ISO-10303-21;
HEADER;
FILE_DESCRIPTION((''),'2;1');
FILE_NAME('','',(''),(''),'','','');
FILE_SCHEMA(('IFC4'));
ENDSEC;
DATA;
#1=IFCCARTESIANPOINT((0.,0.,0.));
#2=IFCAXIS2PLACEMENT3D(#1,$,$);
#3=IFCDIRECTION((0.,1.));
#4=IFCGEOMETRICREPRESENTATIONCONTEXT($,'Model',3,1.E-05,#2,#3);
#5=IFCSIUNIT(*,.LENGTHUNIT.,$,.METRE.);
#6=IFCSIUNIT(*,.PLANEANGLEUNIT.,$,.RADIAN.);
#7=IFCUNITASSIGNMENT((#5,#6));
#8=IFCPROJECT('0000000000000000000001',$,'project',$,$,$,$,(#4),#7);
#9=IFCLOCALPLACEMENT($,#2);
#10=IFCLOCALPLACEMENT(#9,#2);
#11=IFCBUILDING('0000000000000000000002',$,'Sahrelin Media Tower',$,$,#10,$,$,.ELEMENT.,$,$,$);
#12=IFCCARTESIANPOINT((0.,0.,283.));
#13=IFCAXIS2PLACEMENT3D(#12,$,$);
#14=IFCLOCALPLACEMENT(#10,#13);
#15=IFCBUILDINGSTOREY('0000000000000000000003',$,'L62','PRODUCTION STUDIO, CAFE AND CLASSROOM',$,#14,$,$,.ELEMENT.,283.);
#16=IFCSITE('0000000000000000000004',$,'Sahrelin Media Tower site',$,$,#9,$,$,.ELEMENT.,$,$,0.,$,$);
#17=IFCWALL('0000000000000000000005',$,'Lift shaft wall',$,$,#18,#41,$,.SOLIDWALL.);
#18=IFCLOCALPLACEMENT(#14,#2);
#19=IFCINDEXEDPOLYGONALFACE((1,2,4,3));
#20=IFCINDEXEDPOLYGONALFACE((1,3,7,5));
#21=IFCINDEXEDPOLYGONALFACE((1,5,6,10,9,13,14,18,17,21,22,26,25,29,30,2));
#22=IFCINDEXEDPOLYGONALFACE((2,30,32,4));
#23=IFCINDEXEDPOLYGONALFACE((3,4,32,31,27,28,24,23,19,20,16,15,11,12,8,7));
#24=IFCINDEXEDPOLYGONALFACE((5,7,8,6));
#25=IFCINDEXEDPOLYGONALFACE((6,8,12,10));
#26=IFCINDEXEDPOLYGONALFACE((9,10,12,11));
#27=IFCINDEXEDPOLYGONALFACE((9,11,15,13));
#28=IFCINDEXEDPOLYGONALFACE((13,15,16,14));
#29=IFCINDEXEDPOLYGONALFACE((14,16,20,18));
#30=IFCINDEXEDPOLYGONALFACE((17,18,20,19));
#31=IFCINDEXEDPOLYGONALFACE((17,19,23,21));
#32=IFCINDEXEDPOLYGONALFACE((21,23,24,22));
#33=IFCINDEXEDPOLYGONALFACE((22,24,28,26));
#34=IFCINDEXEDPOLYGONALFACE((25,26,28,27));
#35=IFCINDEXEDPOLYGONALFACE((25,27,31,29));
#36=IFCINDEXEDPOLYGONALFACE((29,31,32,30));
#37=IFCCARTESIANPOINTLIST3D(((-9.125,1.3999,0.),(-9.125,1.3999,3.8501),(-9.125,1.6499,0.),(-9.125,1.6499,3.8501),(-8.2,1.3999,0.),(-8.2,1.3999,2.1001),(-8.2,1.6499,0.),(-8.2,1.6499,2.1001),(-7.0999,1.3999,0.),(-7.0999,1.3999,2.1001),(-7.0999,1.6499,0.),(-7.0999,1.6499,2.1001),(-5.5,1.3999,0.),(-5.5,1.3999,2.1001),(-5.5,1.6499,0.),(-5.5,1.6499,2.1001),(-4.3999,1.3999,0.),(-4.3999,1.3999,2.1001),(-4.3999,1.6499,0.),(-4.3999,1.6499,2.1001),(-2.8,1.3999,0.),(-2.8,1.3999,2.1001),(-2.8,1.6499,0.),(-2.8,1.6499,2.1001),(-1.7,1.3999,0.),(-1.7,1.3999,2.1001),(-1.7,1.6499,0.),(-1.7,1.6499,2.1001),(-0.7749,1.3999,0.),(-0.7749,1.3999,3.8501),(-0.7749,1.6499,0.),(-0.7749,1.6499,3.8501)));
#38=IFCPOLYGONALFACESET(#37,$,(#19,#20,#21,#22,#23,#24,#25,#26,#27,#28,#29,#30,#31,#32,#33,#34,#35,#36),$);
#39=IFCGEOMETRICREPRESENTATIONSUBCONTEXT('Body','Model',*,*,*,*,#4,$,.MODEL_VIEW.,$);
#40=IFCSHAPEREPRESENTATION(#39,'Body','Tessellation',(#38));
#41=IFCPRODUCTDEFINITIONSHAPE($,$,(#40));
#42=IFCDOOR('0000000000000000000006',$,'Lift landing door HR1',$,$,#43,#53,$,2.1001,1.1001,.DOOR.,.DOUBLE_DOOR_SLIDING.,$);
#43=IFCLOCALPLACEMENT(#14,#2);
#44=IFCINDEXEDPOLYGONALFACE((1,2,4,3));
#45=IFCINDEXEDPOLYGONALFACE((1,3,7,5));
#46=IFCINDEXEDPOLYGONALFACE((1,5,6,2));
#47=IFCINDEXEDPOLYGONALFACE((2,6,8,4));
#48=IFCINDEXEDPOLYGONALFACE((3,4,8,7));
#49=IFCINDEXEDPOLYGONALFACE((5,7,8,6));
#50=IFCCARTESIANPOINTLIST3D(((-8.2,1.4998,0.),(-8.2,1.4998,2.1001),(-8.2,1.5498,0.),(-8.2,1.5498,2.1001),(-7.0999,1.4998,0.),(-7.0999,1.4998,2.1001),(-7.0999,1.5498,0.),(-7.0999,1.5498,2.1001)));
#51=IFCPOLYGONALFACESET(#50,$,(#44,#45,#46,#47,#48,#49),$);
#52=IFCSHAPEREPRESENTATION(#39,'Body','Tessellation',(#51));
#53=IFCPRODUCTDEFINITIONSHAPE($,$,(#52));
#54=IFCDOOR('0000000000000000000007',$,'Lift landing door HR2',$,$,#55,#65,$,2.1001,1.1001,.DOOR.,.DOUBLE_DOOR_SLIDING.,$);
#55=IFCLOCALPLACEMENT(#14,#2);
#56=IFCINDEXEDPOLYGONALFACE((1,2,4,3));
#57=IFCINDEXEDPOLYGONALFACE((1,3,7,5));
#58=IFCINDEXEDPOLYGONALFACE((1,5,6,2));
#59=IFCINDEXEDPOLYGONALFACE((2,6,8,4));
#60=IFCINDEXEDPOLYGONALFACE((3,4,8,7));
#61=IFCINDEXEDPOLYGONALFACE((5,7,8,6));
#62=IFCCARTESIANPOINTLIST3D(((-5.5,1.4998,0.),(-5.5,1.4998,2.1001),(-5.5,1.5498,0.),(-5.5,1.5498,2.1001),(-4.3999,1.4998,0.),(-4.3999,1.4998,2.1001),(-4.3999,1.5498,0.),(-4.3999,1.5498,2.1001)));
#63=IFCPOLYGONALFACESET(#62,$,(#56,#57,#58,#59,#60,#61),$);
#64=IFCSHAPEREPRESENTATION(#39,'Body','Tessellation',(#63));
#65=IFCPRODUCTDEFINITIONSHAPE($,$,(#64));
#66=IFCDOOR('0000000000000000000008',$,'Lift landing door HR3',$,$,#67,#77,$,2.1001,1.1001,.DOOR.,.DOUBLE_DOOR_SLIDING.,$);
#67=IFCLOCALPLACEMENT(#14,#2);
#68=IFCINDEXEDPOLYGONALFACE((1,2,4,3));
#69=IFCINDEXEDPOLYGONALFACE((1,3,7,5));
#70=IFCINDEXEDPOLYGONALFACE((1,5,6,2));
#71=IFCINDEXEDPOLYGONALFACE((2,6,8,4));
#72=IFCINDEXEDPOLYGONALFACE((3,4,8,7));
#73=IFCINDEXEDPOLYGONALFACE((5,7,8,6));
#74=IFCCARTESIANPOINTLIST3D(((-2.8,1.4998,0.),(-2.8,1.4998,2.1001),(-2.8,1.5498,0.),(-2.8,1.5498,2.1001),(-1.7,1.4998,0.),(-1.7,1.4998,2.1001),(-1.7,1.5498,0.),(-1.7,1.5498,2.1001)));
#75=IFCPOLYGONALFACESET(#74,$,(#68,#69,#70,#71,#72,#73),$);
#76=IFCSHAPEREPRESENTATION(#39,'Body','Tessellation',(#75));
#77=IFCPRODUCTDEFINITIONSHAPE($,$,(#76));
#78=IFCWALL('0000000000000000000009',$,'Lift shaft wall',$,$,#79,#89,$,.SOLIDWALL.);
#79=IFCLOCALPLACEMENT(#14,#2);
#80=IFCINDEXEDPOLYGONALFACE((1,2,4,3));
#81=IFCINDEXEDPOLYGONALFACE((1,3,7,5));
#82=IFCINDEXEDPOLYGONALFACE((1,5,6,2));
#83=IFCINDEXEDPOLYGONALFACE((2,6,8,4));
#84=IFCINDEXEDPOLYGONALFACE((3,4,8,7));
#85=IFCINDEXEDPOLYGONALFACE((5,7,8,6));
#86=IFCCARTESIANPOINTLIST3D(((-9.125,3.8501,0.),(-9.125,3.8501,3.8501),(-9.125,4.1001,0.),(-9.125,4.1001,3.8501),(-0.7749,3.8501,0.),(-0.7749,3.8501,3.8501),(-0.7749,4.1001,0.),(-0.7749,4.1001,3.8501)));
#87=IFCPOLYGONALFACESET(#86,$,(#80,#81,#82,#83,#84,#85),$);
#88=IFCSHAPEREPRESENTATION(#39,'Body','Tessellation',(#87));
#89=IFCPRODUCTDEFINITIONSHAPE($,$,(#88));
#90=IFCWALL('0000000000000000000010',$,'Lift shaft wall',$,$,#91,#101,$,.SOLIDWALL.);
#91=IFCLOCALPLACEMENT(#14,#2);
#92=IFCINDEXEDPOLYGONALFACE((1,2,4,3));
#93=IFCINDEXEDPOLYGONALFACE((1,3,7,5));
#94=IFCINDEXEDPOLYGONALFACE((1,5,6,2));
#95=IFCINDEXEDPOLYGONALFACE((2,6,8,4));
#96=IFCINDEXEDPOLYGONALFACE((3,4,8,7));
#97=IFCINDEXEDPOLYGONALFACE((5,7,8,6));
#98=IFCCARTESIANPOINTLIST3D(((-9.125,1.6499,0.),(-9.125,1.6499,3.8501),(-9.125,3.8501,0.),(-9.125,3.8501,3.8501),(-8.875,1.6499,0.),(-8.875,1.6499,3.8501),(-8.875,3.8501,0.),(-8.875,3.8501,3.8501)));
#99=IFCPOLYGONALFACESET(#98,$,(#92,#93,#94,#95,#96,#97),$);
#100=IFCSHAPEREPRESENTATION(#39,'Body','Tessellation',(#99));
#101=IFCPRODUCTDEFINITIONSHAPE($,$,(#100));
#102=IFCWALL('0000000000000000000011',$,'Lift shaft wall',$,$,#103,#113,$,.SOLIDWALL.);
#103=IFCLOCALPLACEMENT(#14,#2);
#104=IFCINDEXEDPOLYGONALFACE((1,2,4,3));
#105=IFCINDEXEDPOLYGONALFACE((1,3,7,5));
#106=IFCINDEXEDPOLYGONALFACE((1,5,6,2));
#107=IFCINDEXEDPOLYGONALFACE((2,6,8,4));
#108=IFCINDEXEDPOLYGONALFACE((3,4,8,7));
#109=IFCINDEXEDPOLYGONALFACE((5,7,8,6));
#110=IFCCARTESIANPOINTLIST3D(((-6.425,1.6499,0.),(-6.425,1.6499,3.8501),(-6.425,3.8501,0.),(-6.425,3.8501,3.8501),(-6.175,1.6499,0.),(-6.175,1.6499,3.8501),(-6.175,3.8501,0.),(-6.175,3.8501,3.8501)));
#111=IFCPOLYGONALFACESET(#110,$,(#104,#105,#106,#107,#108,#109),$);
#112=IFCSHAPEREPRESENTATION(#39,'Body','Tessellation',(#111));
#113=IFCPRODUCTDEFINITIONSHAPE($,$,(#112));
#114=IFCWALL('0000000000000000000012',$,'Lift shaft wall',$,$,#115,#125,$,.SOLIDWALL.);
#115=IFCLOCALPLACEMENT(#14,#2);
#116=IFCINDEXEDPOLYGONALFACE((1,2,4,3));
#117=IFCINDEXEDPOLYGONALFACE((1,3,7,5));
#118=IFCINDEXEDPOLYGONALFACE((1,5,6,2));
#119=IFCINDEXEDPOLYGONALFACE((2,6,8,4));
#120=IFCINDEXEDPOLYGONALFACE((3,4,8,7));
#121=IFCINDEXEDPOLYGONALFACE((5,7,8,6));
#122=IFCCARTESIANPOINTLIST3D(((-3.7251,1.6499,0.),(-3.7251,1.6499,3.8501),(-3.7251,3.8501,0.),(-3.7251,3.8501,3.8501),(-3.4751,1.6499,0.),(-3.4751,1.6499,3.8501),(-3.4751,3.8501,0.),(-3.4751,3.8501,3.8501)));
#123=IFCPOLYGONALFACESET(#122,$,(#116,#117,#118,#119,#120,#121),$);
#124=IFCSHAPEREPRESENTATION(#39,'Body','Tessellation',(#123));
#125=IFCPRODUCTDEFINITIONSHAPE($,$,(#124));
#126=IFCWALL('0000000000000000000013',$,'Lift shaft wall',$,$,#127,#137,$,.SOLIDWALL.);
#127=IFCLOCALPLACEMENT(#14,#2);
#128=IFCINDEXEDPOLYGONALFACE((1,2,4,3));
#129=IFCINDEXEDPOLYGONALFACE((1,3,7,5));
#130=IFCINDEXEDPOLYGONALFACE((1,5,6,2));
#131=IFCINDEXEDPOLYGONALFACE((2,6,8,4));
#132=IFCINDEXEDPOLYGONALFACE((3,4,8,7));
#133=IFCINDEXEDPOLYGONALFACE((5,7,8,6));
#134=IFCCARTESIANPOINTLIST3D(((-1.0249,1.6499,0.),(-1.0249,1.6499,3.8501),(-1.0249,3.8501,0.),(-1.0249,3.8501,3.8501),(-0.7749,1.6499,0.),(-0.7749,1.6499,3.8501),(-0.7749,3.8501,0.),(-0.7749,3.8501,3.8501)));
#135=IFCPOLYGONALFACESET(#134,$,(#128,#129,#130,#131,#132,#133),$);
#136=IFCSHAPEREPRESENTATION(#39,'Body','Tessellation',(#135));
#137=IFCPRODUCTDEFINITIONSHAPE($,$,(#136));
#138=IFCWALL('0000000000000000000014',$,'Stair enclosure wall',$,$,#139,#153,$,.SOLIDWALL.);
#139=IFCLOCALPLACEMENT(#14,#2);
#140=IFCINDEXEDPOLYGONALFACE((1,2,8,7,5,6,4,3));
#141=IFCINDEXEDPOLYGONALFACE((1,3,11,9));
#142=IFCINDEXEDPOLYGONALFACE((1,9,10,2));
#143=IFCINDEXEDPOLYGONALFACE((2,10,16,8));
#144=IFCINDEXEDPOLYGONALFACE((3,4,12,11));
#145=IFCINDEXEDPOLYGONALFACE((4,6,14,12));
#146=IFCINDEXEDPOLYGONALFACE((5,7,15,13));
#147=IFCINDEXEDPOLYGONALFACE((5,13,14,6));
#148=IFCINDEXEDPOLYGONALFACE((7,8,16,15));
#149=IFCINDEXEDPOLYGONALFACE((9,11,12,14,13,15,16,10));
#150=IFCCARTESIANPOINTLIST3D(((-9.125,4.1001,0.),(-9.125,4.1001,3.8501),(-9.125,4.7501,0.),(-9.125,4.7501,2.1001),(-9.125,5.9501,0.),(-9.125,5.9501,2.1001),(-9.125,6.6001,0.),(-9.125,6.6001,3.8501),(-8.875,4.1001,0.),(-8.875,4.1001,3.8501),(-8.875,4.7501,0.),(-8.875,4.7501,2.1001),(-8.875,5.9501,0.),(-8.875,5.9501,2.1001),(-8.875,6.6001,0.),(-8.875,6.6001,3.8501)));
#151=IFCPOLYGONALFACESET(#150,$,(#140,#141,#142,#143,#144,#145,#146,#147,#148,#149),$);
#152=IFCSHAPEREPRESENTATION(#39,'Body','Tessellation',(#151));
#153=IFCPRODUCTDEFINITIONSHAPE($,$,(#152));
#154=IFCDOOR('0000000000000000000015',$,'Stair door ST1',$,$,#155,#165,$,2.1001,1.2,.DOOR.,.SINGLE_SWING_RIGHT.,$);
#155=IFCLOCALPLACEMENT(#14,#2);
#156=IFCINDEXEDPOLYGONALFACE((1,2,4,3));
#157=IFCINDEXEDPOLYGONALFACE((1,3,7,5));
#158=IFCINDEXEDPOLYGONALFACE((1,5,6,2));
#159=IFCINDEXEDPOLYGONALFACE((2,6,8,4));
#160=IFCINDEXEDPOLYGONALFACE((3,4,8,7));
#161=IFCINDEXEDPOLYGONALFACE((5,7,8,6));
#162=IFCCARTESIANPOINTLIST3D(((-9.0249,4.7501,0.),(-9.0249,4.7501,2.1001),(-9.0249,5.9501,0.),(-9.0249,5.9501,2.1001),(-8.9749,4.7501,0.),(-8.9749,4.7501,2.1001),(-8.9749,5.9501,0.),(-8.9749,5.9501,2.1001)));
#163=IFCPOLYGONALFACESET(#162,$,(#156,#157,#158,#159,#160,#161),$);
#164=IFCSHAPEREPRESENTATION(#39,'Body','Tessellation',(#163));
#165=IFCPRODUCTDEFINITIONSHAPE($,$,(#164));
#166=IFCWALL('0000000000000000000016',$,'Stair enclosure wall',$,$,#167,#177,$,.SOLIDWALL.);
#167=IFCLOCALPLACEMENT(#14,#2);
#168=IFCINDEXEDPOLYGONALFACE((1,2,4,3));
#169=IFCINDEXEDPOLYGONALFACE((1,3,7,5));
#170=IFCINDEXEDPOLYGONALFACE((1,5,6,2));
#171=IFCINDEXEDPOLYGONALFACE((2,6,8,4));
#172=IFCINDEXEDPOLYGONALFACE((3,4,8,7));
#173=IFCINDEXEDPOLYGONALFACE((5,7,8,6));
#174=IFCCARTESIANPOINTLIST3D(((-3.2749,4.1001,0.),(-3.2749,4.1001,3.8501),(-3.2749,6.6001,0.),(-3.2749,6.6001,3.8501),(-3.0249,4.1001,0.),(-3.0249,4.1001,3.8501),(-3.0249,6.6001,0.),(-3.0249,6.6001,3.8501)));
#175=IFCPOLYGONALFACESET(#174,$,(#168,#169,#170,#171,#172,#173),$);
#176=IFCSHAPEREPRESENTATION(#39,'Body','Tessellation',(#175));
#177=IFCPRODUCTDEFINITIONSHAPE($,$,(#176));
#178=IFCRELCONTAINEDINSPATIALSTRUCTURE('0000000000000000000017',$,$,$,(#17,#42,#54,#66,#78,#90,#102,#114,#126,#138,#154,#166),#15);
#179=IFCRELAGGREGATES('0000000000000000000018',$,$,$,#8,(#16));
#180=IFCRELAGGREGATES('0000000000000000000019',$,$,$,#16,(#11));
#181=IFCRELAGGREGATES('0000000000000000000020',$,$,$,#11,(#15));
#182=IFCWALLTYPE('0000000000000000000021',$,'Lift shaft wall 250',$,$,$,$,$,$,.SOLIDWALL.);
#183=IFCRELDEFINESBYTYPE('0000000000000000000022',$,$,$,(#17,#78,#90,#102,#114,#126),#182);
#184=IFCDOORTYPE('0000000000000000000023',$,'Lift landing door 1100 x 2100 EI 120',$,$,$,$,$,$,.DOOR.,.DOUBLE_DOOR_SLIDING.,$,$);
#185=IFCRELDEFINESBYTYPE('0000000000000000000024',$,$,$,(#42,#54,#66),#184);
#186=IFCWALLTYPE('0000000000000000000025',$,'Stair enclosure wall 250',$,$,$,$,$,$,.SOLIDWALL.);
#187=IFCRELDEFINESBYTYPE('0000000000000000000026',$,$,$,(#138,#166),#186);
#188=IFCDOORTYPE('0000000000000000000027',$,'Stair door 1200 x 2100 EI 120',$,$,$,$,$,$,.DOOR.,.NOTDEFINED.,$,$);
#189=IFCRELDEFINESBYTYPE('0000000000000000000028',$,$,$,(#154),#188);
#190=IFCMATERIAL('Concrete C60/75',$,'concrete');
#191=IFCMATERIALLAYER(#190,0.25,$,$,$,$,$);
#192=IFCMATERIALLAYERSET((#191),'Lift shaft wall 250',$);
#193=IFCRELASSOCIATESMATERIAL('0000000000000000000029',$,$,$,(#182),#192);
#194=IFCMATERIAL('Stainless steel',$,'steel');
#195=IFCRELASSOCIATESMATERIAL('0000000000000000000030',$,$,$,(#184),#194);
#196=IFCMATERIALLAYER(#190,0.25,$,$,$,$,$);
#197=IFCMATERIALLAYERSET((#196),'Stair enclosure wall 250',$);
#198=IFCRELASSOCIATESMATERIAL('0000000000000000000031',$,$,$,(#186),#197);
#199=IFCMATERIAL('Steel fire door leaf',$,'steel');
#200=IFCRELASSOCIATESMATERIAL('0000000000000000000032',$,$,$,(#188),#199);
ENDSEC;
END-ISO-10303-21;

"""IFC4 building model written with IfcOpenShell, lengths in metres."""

from ifc_helpers import new_model, si_unit, direction, frame, frame_2d, origin, place, context, subcontext, project, spatial, rectangle, extrude, material, layer, layer_set, type_object, element, fill, save


model = new_model("IFC4")

# Units and contexts
model_context = context("Model", 3, precision=1e-05, world=origin(), true_north=direction((0.0, 1.0)))
body_context = subcontext(model_context, "Body", "Model", "MODEL_VIEW")
ifc_project = project(units=[si_unit("LENGTHUNIT", "METRE"), si_unit("PLANEANGLEUNIT", "RADIAN")], contexts=[model_context])

# Site, building, storey
site_placement = place(None, origin())
site = spatial("IfcSite", under=ifc_project, at=site_placement, Name="Sahrelin Media Tower site", CompositionType="ELEMENT", RefElevation=0.0)
building_placement = place(site_placement, origin())
building = spatial("IfcBuilding", under=site, at=building_placement, Name="Sahrelin Media Tower", CompositionType="ELEMENT")
storey_placement = place(building_placement, frame((0.0, 0.0, 283.0)))
storey = spatial("IfcBuildingStorey", under=building, at=storey_placement, Name="L62", Description="PRODUCTION STUDIO, CAFE AND CLASSROOM", CompositionType="ELEMENT", Elevation=283.0)

# Shared definitions
ifc_material_1 = material(Name="Concrete C60/75", Category="concrete")

# Shared definitions
ifc_material_2 = material(Name="Steel fire door leaf", Category="steel")

# Wall, openings, doors
ifc_layer_1 = layer(ifc_material_1, 0.25)
ifc_layer_set_1 = layer_set([ifc_layer_1], Name="Lift shaft wall 250")
wall_type_1 = type_object("IfcWallType", Name="Lift shaft wall 250", PredefinedType="SOLIDWALL", material=ifc_layer_set_1)
wall_1_placement = place(storey_placement, frame((-9.125, 1.5249, 0.0), z_axis=(0.0, 0.0, 1.0), x_axis=(1.0, 0.0, 0.0)))
wall_1 = element("IfcWall", 1, at=wall_1_placement, inside=storey, type_object=wall_type_1, Name="Lift shaft wall", PredefinedType="SOLIDWALL", context=body_context, shape_type="SweptSolid", body=[
    extrude(rectangle(XDim=8.3501, YDim=0.25, at=frame_2d((4.175, 0.0))), origin(), (0.0, 0.0, 1.0), 3.8501),
])
opening_1_placement = place(wall_1_placement, frame((0.925, 0.0, 0.0)))
opening_1 = element("IfcOpeningElement", 2, at=opening_1_placement, cuts=wall_1, PredefinedType="OPENING", context=body_context, shape_type="SweptSolid", body=[
    extrude(rectangle(XDim=1.1001, YDim=2.1001, at=frame_2d((0.55, 1.05))), frame((0.0, 0.125, 0.0), z_axis=(0.0, -1.0, 0.0), x_axis=(1.0, 0.0, 0.0)), (0.0, 0.0, 1.0), 0.25),
])
opening_2_placement = place(wall_1_placement, frame((3.625, 0.0, 0.0)))
opening_2 = element("IfcOpeningElement", 3, at=opening_2_placement, cuts=wall_1, PredefinedType="OPENING", context=body_context, shape_type="SweptSolid", body=[
    extrude(rectangle(XDim=1.1001, YDim=2.1001, at=frame_2d((0.55, 1.05))), frame((0.0, 0.125, 0.0), z_axis=(0.0, -1.0, 0.0), x_axis=(1.0, 0.0, 0.0)), (0.0, 0.0, 1.0), 0.25),
])
opening_3_placement = place(wall_1_placement, frame((6.325, 0.0, 0.0)))
opening_3 = element("IfcOpeningElement", 4, at=opening_3_placement, cuts=wall_1, PredefinedType="OPENING", context=body_context, shape_type="SweptSolid", body=[
    extrude(rectangle(XDim=1.1001, YDim=2.1001, at=frame_2d((0.55, 1.05))), frame((0.0, 0.125, 0.0), z_axis=(0.0, -1.0, 0.0), x_axis=(1.0, 0.0, 0.0)), (0.0, 0.0, 1.0), 0.25),
])
ifc_material_3 = material(Name="Stainless steel", Category="steel")
door_type_1 = type_object("IfcDoorType", Name="Lift landing door 1100 x 2100 EI 120", OperationType="DOUBLE_DOOR_SLIDING", PredefinedType="DOOR", material=ifc_material_3)
door_1_placement = place(opening_1_placement, origin())
door_1 = element("IfcDoor", 5, at=door_1_placement, inside=storey, type_object=door_type_1, Name="Lift landing door HR1", OperationType="DOUBLE_DOOR_SLIDING", OverallHeight=2.1001, OverallWidth=1.1001, PredefinedType="DOOR", context=body_context, shape_type="SweptSolid", body=[
    extrude(rectangle(XDim=1.1001, YDim=2.1001, at=frame_2d((0.55, 1.05))), frame((0.0, 0.0249, 0.0), z_axis=(0.0, -1.0, 0.0), x_axis=(1.0, 0.0, 0.0)), (0.0, 0.0, 1.0), 0.05),
])
fill(opening_1, door_1)
door_2_placement = place(opening_2_placement, origin())
door_2 = element("IfcDoor", 6, at=door_2_placement, inside=storey, type_object=door_type_1, Name="Lift landing door HR2", OperationType="DOUBLE_DOOR_SLIDING", OverallHeight=2.1001, OverallWidth=1.1001, PredefinedType="DOOR", context=body_context, shape_type="SweptSolid", body=[
    extrude(rectangle(XDim=1.1001, YDim=2.1001, at=frame_2d((0.55, 1.05))), frame((0.0, 0.0249, 0.0), z_axis=(0.0, -1.0, 0.0), x_axis=(1.0, 0.0, 0.0)), (0.0, 0.0, 1.0), 0.05),
])
fill(opening_2, door_2)
door_3_placement = place(opening_3_placement, origin())
door_3 = element("IfcDoor", 7, at=door_3_placement, inside=storey, type_object=door_type_1, Name="Lift landing door HR3", OperationType="DOUBLE_DOOR_SLIDING", OverallHeight=2.1001, OverallWidth=1.1001, PredefinedType="DOOR", context=body_context, shape_type="SweptSolid", body=[
    extrude(rectangle(XDim=1.1001, YDim=2.1001, at=frame_2d((0.55, 1.05))), frame((0.0, 0.0249, 0.0), z_axis=(0.0, -1.0, 0.0), x_axis=(1.0, 0.0, 0.0)), (0.0, 0.0, 1.0), 0.05),
])
fill(opening_3, door_3)

# Walls
wall_2_placement = place(storey_placement, frame((-9.125, 3.9751, 0.0), z_axis=(0.0, 0.0, 1.0), x_axis=(1.0, 0.0, 0.0)))
element("IfcWall", 8, at=wall_2_placement, inside=storey, type_object=wall_type_1, Name="Lift shaft wall", PredefinedType="SOLIDWALL", context=body_context, shape_type="SweptSolid", body=[
    extrude(rectangle(XDim=8.3501, YDim=0.25, at=frame_2d((4.175, 0.0))), origin(), (0.0, 0.0, 1.0), 3.8501),
])
for number, where, z_axis, x_axis, name in (
    (9, (-9.0, 1.6499, 0.0), (0.0, 0.0, 1.0), (0.0, 1.0, 0.0), "Lift shaft wall"),
    (10, (-6.3, 1.6499, 0.0), (0.0, 0.0, 1.0), (0.0, 1.0, 0.0), "Lift shaft wall"),
    (11, (-3.6001, 1.6499, 0.0), (0.0, 0.0, 1.0), (0.0, 1.0, 0.0), "Lift shaft wall"),
    (12, (-0.8999, 1.6499, 0.0), (0.0, 0.0, 1.0), (0.0, 1.0, 0.0), "Lift shaft wall"),
):
    element("IfcWall", number, at=place(storey_placement, frame(where, z_axis=z_axis, x_axis=x_axis)), inside=storey, type_object=wall_type_1, Name=name, PredefinedType="SOLIDWALL", context=body_context, shape_type="SweptSolid", body=[
        extrude(rectangle(XDim=2.2002, YDim=0.25, at=frame_2d((1.1001, 0.0))), origin(), (0.0, 0.0, 1.0), 3.8501),
    ])

# Wall, opening, door
ifc_layer_2 = layer(ifc_material_1, 0.25)
ifc_layer_set_2 = layer_set([ifc_layer_2], Name="Stair enclosure wall 250")
wall_type_2 = type_object("IfcWallType", Name="Stair enclosure wall 250", PredefinedType="SOLIDWALL", material=ifc_layer_set_2)
wall_3_placement = place(storey_placement, frame((-9.0, 4.1001, 0.0), z_axis=(0.0, 0.0, 1.0), x_axis=(0.0, 1.0, 0.0)))
wall_3 = element("IfcWall", 13, at=wall_3_placement, inside=storey, type_object=wall_type_2, Name="Stair enclosure wall", PredefinedType="SOLIDWALL", context=body_context, shape_type="SweptSolid", body=[
    extrude(rectangle(XDim=2.5, YDim=0.25, at=frame_2d((1.25, 0.0))), origin(), (0.0, 0.0, 1.0), 3.8501),
])
opening_4_placement = place(wall_3_placement, frame((0.6499, 0.0, 0.0)))
opening_4 = element("IfcOpeningElement", 14, at=opening_4_placement, cuts=wall_3, PredefinedType="OPENING", context=body_context, shape_type="SweptSolid", body=[
    extrude(rectangle(XDim=1.2, YDim=2.1001, at=frame_2d((0.6001, 1.05))), frame((0.0, 0.125, 0.0), z_axis=(0.0, -1.0, 0.0), x_axis=(1.0, 0.0, 0.0)), (0.0, 0.0, 1.0), 0.25),
])
door_type_2 = type_object("IfcDoorType", Name="Stair door 1200 x 2100 EI 120", OperationType="NOTDEFINED", PredefinedType="DOOR", material=ifc_material_2)
door_4_placement = place(opening_4_placement, origin())
door_4 = element("IfcDoor", 15, at=door_4_placement, inside=storey, type_object=door_type_2, Name="Stair door ST1", OperationType="SINGLE_SWING_RIGHT", OverallHeight=2.1001, OverallWidth=1.2, PredefinedType="DOOR", context=body_context, shape_type="SweptSolid", body=[
    extrude(rectangle(XDim=1.2, YDim=2.1001, at=frame_2d((0.6001, 1.05))), frame((0.0, 0.0249, 0.0), z_axis=(0.0, -1.0, 0.0), x_axis=(1.0, 0.0, 0.0)), (0.0, 0.0, 1.0), 0.05),
])
fill(opening_4, door_4)

# Wall
wall_4_placement = place(storey_placement, frame((-3.1499, 4.1001, 0.0), z_axis=(0.0, 0.0, 1.0), x_axis=(0.0, 1.0, 0.0)))
element("IfcWall", 16, at=wall_4_placement, inside=storey, type_object=wall_type_2, Name="Stair enclosure wall", PredefinedType="SOLIDWALL", context=body_context, shape_type="SweptSolid", body=[
    extrude(rectangle(XDim=2.5, YDim=0.25, at=frame_2d((1.25, 0.0))), origin(), (0.0, 0.0, 1.0), 3.8501),
])

save(model, "model.ifc")
